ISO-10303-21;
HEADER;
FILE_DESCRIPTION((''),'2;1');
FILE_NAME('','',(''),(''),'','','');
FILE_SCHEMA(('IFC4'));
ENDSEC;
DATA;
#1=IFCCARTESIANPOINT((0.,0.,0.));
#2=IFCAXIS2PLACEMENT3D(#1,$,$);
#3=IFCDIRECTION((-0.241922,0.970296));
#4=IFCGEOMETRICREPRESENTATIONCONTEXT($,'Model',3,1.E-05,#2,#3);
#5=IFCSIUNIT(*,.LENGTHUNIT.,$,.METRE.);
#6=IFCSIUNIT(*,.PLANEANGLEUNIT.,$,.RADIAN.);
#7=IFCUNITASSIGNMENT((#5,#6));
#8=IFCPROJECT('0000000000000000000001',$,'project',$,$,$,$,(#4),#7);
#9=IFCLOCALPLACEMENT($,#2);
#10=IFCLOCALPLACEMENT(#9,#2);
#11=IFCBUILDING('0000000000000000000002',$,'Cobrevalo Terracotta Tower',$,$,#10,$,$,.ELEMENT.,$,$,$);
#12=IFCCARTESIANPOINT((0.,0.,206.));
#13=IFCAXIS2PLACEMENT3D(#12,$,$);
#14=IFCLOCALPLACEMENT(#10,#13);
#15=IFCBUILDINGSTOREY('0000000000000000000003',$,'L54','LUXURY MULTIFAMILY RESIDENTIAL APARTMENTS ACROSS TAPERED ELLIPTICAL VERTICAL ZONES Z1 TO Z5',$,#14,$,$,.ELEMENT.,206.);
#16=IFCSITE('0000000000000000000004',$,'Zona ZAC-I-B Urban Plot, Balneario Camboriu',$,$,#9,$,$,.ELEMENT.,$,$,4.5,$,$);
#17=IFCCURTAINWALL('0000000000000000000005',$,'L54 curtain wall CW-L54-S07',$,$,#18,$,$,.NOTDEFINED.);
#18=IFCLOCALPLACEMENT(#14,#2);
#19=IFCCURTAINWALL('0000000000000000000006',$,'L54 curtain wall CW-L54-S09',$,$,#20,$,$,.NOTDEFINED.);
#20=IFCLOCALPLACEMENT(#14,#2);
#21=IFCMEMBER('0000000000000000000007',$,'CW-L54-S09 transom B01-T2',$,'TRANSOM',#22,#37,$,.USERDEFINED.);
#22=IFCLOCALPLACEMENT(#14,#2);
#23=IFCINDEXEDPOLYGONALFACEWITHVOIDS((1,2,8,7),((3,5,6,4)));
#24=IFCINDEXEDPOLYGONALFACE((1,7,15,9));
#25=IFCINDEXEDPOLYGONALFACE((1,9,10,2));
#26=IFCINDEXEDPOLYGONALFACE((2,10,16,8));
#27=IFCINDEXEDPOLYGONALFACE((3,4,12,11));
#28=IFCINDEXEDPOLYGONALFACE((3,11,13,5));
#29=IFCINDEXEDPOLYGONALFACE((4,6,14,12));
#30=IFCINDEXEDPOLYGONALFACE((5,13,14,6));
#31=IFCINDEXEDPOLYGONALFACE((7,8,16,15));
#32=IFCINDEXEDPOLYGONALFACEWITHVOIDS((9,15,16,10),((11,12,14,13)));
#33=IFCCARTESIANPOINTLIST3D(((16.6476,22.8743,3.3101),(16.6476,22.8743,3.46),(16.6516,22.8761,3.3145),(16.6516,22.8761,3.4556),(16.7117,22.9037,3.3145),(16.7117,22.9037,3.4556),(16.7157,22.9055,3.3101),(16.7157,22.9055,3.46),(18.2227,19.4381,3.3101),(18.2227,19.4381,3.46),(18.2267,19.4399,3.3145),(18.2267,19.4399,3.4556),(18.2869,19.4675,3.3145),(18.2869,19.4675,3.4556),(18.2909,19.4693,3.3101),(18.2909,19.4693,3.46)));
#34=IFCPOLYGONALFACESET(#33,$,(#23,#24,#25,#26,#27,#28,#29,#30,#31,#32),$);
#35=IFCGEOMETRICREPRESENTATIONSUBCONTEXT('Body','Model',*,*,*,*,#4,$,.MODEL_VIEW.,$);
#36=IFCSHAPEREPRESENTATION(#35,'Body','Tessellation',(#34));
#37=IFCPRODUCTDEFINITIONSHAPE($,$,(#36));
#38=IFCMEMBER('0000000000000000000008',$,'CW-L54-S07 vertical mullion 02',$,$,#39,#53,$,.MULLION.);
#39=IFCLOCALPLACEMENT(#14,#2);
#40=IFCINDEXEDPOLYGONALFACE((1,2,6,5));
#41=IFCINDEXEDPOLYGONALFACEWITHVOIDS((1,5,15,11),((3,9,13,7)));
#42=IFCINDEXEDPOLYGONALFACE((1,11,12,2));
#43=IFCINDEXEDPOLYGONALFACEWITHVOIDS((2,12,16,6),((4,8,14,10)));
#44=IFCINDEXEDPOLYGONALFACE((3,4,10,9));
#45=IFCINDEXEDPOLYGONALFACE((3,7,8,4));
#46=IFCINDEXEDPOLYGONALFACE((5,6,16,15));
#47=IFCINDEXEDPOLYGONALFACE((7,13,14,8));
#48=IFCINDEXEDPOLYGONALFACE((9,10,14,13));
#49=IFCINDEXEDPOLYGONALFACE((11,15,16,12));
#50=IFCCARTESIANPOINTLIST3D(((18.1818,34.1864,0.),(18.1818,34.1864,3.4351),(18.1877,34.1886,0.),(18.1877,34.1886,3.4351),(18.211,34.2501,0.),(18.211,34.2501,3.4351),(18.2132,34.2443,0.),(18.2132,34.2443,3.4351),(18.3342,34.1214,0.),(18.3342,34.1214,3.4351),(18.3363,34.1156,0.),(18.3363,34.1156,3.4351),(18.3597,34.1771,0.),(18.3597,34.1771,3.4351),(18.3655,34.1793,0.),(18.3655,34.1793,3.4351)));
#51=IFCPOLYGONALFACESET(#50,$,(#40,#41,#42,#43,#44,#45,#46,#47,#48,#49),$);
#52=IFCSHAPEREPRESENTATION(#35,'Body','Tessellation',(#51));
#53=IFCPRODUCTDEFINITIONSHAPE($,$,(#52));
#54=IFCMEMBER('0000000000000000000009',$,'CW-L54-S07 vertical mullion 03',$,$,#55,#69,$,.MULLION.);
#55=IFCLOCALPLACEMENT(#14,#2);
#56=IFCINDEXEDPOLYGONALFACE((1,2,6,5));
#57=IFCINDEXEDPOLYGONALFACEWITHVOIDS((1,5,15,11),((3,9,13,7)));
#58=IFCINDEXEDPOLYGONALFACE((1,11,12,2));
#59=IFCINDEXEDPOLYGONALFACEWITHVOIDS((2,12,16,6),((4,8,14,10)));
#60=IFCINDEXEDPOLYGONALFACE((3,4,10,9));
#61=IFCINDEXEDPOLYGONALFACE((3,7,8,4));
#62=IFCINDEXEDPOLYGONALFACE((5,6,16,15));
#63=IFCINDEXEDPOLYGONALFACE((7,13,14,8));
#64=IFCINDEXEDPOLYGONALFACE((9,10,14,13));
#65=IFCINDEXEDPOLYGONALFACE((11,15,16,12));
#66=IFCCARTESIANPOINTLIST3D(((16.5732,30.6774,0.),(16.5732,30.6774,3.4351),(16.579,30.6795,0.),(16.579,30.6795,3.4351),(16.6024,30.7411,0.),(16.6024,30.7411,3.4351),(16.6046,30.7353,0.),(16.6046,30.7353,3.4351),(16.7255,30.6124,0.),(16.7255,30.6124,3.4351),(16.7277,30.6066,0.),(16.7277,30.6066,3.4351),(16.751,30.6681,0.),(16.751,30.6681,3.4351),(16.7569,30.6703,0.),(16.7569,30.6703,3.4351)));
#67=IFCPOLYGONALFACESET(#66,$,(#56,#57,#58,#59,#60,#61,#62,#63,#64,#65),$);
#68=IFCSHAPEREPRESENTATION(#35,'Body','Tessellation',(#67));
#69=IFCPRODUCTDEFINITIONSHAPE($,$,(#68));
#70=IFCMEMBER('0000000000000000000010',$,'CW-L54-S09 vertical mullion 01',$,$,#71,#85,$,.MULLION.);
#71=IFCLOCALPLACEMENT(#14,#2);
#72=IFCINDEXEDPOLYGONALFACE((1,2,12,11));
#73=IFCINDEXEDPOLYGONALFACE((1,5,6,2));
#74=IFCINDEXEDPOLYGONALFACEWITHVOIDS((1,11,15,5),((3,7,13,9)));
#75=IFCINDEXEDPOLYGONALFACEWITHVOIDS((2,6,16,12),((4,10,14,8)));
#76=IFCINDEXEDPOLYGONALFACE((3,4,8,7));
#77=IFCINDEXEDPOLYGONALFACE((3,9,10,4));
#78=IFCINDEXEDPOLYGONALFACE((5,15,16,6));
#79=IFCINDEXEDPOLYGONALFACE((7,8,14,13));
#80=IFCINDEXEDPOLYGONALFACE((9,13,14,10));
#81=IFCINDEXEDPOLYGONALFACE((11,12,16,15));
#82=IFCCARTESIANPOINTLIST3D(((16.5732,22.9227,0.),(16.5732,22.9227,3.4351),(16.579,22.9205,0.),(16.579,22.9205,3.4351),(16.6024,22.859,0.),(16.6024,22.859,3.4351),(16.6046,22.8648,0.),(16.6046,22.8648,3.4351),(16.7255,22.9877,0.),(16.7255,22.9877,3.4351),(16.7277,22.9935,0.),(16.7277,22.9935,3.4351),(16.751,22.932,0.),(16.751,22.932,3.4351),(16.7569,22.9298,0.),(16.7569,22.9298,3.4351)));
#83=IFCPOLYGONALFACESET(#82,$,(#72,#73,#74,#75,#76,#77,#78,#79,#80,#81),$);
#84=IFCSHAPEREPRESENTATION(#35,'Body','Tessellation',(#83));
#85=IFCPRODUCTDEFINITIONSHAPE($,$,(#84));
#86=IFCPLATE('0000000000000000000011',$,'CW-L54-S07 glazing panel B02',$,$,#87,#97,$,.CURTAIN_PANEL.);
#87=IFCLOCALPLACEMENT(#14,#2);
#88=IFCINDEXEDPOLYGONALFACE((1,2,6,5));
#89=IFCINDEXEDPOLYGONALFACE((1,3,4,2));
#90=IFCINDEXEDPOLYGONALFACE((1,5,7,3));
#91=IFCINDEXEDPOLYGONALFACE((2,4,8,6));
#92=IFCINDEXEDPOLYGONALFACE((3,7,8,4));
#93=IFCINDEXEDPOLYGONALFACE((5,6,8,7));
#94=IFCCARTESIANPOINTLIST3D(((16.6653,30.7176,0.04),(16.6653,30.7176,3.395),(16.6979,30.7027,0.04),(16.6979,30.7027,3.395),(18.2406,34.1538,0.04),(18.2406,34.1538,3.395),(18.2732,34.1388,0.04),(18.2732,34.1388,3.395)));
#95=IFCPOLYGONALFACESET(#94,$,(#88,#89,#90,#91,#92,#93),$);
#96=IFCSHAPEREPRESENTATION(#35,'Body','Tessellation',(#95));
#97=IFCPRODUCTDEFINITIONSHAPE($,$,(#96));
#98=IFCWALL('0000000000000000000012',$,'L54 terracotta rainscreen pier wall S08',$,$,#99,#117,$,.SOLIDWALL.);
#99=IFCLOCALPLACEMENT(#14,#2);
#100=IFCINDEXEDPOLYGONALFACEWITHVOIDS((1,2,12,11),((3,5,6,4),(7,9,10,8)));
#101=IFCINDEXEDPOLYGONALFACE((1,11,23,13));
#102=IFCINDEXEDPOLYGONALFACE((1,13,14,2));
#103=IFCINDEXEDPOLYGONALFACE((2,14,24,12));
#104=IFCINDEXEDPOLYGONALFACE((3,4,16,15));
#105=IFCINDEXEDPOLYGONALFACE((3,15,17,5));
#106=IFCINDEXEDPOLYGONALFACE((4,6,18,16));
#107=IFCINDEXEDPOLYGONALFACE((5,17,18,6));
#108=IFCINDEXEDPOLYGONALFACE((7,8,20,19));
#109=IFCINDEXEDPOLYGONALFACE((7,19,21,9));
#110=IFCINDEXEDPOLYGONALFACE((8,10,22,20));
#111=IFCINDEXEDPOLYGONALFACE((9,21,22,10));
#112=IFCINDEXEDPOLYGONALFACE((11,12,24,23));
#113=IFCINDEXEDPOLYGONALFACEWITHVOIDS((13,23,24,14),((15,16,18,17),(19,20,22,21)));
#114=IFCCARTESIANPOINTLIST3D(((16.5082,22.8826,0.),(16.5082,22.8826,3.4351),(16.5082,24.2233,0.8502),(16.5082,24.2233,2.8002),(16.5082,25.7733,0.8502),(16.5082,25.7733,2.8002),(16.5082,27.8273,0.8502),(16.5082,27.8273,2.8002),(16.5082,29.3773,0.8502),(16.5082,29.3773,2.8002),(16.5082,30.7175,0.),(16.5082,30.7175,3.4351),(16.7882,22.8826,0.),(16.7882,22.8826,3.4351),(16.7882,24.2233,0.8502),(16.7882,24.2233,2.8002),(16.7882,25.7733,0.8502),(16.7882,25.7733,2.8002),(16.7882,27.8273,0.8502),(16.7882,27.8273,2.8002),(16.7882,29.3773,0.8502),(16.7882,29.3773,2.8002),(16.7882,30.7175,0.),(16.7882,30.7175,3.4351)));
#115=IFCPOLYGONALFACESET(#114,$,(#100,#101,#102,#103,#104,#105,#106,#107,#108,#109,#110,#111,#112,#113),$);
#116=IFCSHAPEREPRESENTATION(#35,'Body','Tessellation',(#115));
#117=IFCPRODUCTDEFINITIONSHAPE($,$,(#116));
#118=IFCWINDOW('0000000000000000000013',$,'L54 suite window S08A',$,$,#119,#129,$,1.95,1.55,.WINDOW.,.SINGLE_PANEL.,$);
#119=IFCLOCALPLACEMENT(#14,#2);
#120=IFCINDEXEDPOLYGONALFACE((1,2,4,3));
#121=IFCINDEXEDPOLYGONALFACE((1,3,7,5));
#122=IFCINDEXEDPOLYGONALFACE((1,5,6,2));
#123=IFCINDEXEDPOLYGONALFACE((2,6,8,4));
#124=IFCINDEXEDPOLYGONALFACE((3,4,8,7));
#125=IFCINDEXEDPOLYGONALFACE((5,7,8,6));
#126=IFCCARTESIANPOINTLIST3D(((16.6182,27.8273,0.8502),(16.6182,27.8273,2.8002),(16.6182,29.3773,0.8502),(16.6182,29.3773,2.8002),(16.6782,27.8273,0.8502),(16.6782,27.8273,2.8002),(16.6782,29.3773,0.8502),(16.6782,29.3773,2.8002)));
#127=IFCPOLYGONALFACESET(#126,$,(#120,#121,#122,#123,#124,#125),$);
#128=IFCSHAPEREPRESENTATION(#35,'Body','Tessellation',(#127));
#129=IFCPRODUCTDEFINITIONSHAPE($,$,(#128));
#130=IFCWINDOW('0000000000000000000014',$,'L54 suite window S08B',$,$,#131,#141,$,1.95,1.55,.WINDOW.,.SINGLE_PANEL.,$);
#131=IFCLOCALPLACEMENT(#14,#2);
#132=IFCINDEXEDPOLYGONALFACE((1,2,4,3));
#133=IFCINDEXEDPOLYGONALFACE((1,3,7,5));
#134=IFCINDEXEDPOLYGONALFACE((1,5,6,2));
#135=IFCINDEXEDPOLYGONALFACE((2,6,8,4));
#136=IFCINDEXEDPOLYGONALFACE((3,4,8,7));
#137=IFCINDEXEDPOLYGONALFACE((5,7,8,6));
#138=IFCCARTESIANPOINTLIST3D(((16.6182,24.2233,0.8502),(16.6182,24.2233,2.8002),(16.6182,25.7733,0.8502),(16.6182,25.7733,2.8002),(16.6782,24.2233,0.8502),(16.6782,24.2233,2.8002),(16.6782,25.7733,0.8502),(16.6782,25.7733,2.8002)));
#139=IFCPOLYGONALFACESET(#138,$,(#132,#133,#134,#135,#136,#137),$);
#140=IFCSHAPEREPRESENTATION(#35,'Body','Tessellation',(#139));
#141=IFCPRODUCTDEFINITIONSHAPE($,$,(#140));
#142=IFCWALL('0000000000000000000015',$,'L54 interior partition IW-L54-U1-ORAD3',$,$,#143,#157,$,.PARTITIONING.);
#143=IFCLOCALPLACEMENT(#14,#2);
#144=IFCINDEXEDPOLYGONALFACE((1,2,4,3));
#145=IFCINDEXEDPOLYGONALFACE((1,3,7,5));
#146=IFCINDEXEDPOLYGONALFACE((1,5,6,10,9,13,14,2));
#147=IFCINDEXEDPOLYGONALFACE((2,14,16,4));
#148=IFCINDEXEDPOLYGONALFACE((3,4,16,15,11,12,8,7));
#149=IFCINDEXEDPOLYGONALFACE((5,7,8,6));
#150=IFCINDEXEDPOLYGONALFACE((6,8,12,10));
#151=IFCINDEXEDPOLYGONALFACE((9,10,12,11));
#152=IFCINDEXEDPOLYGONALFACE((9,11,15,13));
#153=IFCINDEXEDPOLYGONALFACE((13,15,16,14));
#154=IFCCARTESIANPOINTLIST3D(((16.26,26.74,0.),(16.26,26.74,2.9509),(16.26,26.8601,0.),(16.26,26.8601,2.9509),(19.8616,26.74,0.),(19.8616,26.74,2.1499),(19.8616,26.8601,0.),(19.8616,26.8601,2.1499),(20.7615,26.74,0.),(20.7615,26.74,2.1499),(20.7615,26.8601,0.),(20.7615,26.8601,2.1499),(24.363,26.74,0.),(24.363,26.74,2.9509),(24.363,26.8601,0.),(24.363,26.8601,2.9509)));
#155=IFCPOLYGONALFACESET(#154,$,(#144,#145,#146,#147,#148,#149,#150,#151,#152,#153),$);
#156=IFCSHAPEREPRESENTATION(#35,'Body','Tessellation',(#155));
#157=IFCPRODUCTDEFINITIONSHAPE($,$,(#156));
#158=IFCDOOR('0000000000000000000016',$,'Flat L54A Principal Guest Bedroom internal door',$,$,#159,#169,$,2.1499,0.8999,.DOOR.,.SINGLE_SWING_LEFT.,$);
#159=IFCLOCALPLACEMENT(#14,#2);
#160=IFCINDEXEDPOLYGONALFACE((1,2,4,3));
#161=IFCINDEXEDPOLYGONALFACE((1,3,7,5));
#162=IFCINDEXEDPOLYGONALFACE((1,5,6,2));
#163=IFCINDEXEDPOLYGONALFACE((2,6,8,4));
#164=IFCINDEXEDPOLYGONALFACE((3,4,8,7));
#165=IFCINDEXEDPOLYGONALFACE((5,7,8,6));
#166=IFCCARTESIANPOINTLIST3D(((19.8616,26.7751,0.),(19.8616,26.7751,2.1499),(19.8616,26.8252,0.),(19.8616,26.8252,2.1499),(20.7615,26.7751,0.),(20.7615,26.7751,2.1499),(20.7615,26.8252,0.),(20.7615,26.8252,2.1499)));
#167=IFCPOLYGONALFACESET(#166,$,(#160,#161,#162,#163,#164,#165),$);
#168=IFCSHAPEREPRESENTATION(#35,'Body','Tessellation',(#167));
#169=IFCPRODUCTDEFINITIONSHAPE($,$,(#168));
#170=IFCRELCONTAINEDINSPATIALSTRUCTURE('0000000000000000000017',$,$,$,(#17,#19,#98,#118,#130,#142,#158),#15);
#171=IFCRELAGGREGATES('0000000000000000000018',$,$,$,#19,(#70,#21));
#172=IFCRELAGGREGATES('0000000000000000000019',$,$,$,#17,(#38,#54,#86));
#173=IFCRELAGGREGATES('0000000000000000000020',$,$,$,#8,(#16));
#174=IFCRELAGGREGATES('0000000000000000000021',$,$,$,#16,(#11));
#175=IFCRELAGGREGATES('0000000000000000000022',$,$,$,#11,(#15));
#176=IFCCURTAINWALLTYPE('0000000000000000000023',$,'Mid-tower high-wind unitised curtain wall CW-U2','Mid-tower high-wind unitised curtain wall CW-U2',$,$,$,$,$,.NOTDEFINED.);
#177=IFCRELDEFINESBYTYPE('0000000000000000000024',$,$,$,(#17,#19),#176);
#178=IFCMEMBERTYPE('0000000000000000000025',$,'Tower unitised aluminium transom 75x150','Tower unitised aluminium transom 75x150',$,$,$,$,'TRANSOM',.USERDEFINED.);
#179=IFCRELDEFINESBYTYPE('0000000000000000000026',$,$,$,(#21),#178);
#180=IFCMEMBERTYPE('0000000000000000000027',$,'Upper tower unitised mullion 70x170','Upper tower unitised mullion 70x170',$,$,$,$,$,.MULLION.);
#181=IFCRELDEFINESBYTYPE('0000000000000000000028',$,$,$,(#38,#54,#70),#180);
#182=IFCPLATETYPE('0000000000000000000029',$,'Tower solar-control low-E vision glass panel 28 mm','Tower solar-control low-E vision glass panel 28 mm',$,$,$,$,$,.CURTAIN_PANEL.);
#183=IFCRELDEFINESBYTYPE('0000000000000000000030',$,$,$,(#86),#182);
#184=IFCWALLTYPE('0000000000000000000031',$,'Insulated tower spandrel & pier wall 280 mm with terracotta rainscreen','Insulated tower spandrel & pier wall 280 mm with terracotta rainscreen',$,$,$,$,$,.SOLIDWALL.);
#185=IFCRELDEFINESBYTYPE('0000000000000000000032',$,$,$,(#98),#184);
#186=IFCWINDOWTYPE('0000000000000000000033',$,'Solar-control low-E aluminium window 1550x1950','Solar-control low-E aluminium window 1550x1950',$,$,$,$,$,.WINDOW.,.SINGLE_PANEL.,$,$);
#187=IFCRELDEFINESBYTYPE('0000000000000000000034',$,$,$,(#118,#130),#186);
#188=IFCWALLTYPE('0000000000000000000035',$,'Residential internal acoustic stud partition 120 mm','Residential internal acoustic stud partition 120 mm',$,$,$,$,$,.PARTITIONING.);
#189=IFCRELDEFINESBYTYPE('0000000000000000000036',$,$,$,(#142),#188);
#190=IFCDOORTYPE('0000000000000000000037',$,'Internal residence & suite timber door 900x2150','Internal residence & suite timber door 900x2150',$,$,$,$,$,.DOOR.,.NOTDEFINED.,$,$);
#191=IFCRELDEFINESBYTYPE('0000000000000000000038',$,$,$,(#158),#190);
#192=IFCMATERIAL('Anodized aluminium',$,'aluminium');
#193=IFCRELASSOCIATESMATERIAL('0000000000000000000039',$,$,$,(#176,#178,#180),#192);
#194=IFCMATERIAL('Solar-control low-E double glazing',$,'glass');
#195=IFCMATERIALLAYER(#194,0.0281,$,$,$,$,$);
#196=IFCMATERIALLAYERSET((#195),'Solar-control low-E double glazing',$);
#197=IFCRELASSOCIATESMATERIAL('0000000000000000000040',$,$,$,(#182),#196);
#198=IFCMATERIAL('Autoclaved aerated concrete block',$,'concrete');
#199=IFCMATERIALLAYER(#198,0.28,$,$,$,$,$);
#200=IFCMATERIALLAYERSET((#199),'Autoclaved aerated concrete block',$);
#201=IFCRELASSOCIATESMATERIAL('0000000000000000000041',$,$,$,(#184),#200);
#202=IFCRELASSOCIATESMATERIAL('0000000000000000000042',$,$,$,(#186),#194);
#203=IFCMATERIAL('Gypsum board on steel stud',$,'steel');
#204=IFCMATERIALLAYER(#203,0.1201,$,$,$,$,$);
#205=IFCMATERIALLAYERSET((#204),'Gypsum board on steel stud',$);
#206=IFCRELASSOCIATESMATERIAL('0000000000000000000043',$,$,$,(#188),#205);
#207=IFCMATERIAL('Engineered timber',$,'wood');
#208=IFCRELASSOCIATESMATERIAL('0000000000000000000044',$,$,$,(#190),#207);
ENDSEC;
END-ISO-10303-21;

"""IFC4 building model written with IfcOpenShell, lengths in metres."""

from ifc_helpers import new_model, si_unit, direction, frame, frame_2d, origin, origin_2d, place, context, subcontext, project, spatial, rectangle, hollow_rectangle, extrude, source, transform, mapped, material, layer, layer_set, material_profile, profile_set, type_object, element, fill, aggregate, save


model = new_model("IFC4")

# Units and contexts
model_context = context("Model", 3, precision=1e-05, world=origin(), true_north=direction((-0.241922, 0.970296)))
body_context = subcontext(model_context, "Body", "Model", "MODEL_VIEW")
ifc_project = project(units=[si_unit("LENGTHUNIT", "METRE"), si_unit("PLANEANGLEUNIT", "RADIAN")], contexts=[model_context])

# Site, building, storey
site_placement = place(None, origin())
site = spatial("IfcSite", under=ifc_project, at=site_placement, Name="Zona ZAC-I-B Urban Plot, Balneario Camboriu", CompositionType="ELEMENT", RefElevation=4.5)
building_placement = place(site_placement, origin())
building = spatial("IfcBuilding", under=site, at=building_placement, Name="Cobrevalo Terracotta Tower", CompositionType="ELEMENT")
storey_placement = place(building_placement, frame((0.0, 0.0, 206.0)))
storey = spatial("IfcBuildingStorey", under=building, at=storey_placement, Name="L54", Description="LUXURY MULTIFAMILY RESIDENTIAL APARTMENTS ACROSS TAPERED ELLIPTICAL VERTICAL ZONES Z1 TO Z5", CompositionType="ELEMENT", Elevation=206.0)

# Curtain walls, member
ifc_material_1 = material(Name="Anodized aluminium", Category="aluminium")
curtain_wall_type = type_object("IfcCurtainWallType", Name="Mid-tower high-wind unitised curtain wall CW-U2", Description="Mid-tower high-wind unitised curtain wall CW-U2", PredefinedType="NOTDEFINED", material=ifc_material_1)
curtain_wall_1_placement = place(storey_placement, origin())
curtain_wall_1 = element("IfcCurtainWall", 1, at=curtain_wall_1_placement, inside=storey, type_object=curtain_wall_type, Name="L54 curtain wall CW-L54-S07", PredefinedType="NOTDEFINED")
ifc_material_profile_1 = material_profile(ifc_material_1, hollow_rectangle(XDim=0.075, YDim=0.1499, WallThickness=0.0044, at=origin_2d()), Name="CWT 75x150")
ifc_profile_set_1 = profile_set([ifc_material_profile_1], Name="Anodized aluminium")
member_type_1 = type_object("IfcMemberType", Name="Tower unitised aluminium transom 75x150", Description="Tower unitised aluminium transom 75x150", ElementType="TRANSOM", PredefinedType="USERDEFINED", material=ifc_profile_set_1)
shared_shape_1 = source(origin(), body_context, "Body", "SweptSolid", [
    extrude(hollow_rectangle(XDim=0.075, YDim=0.1499, WallThickness=0.0044, at=origin_2d()), origin(), (0.0, 0.0, 1.0), 3.78),
])
curtain_wall_2_placement = place(storey_placement, origin())
curtain_wall_2 = element("IfcCurtainWall", 2, at=curtain_wall_2_placement, inside=storey, type_object=curtain_wall_type, Name="L54 curtain wall CW-L54-S09", PredefinedType="NOTDEFINED")
member_1_placement = place(storey_placement, frame((16.6816, 22.8899, 3.385), z_axis=(0.416706, -0.909041, 0.0), x_axis=(0.909041, 0.416706, 0.0)))
member_1 = element("IfcMember", 3, at=member_1_placement, type_object=member_type_1, Name="CW-L54-S09 transom B01-T2", ObjectType="TRANSOM", PredefinedType="USERDEFINED", context=body_context, shape_type="MappedRepresentation", body=[
    mapped(shared_shape_1, transform((0.0, 0.0, 0.0), scale=1.0)),
])

# Members
ifc_material_profile_2 = material_profile(ifc_material_1, hollow_rectangle(XDim=0.0701, YDim=0.1699, WallThickness=0.0044, at=origin_2d()), Name="CWM 70x170")
ifc_profile_set_2 = profile_set([ifc_material_profile_2], Name="Anodized aluminium")
member_type_2 = type_object("IfcMemberType", Name="Upper tower unitised mullion 70x170", Description="Upper tower unitised mullion 70x170", PredefinedType="MULLION", material=ifc_profile_set_2)
shared_shape_2 = source(origin(), body_context, "Body", "SweptSolid", [
    extrude(hollow_rectangle(XDim=0.0701, YDim=0.1699, WallThickness=0.0044, at=origin_2d()), origin(), (0.0, 0.0, 1.0), 3.4351),
])
member_2_placement = place(storey_placement, frame((18.2737, 34.1829, 0.0), z_axis=(0.0, 0.0, 1.0), x_axis=(-0.416725, -0.909033, 0.0)))
member_2 = element("IfcMember", 4, at=member_2_placement, type_object=member_type_2, Name="CW-L54-S07 vertical mullion 02", PredefinedType="MULLION", context=body_context, shape_type="MappedRepresentation", body=[
    mapped(shared_shape_2, transform((0.0, 0.0, 0.0), scale=1.0)),
])
member_3_placement = place(storey_placement, frame((16.665, 30.6738, 0.0), z_axis=(0.0, 0.0, 1.0), x_axis=(-0.416725, -0.909033, 0.0)))
member_3 = element("IfcMember", 5, at=member_3_placement, type_object=member_type_2, Name="CW-L54-S07 vertical mullion 03", PredefinedType="MULLION", context=body_context, shape_type="MappedRepresentation", body=[
    mapped(shared_shape_2, transform((0.0, 0.0, 0.0), scale=1.0)),
])
member_4_placement = place(storey_placement, frame((16.665, 22.9263, 0.0), z_axis=(0.0, 0.0, 1.0), x_axis=(0.416725, -0.909033, 0.0)))
member_4 = element("IfcMember", 6, at=member_4_placement, type_object=member_type_2, Name="CW-L54-S09 vertical mullion 01", PredefinedType="MULLION", context=body_context, shape_type="MappedRepresentation", body=[
    mapped(shared_shape_2, transform((0.0, 0.0, 0.0), scale=1.0)),
])
aggregate(curtain_wall_2, [member_4, member_1])

# Plate
ifc_material_2 = material(Name="Solar-control low-E double glazing", Category="glass")
ifc_layer_1 = layer(ifc_material_2, 0.0281)
ifc_layer_set_1 = layer_set([ifc_layer_1], Name="Solar-control low-E double glazing")
plate_type = type_object("IfcPlateType", Name="Tower solar-control low-E vision glass panel 28 mm", Description="Tower solar-control low-E vision glass panel 28 mm", PredefinedType="CURTAIN_PANEL", material=ifc_layer_set_1)
shared_shape_3 = source(origin(), body_context, "Body", "SweptSolid", [
    extrude(rectangle(XDim=3.78, YDim=0.0359, at=origin_2d()), origin(), (0.0, 0.0, 1.0), 3.355),
])
plate_placement = place(storey_placement, frame((17.4692, 32.4282, 0.04), z_axis=(0.0, 0.0, 1.0), x_axis=(-0.416731, -0.90903, 0.0)))
plate = element("IfcPlate", 7, at=plate_placement, type_object=plate_type, Name="CW-L54-S07 glazing panel B02", PredefinedType="CURTAIN_PANEL", context=body_context, shape_type="MappedRepresentation", body=[
    mapped(shared_shape_3, transform((0.0, 0.0, 0.0), scale=1.0)),
])
aggregate(curtain_wall_1, [member_2, member_3, plate])

# Wall, openings, windows
ifc_material_3 = material(Name="Autoclaved aerated concrete block", Category="concrete")
ifc_layer_2 = layer(ifc_material_3, 0.28)
ifc_layer_set_2 = layer_set([ifc_layer_2], Name="Autoclaved aerated concrete block")
wall_type_1 = type_object("IfcWallType", Name="Insulated tower spandrel & pier wall 280 mm with terracotta rainscreen", Description="Insulated tower spandrel & pier wall 280 mm with terracotta rainscreen", PredefinedType="SOLIDWALL", material=ifc_layer_set_2)
wall_1_placement = place(storey_placement, frame((16.6482, 30.7175, 0.0), z_axis=(0.0, 0.0, 1.0), x_axis=(0.0, -1.0, 0.0)))
wall_1 = element("IfcWall", 8, at=wall_1_placement, inside=storey, type_object=wall_type_1, Name="L54 terracotta rainscreen pier wall S08", PredefinedType="SOLIDWALL", context=body_context, shape_type="SweptSolid", body=[
    extrude(rectangle(XDim=7.835, YDim=0.28, at=frame_2d((3.9175, 0.0))), origin(), (0.0, 0.0, 1.0), 3.4351),
])
opening_1_placement = place(wall_1_placement, frame((1.3403, 0.0, 0.8501)))
opening_1 = element("IfcOpeningElement", 9, at=opening_1_placement, cuts=wall_1, PredefinedType="OPENING", context=body_context, shape_type="SweptSolid", body=[
    extrude(rectangle(XDim=1.55, YDim=1.95, at=frame_2d((0.7749, 0.9751))), frame((0.0, 0.1499, 0.0), z_axis=(0.0, -1.0, 0.0), x_axis=(1.0, 0.0, 0.0)), (0.0, 0.0, 1.0), 0.3),
])
opening_2_placement = place(wall_1_placement, frame((4.9443, 0.0, 0.8501)))
opening_2 = element("IfcOpeningElement", 10, at=opening_2_placement, cuts=wall_1, PredefinedType="OPENING", context=body_context, shape_type="SweptSolid", body=[
    extrude(rectangle(XDim=1.55, YDim=1.95, at=frame_2d((0.7749, 0.9751))), frame((0.0, 0.1499, 0.0), z_axis=(0.0, -1.0, 0.0), x_axis=(1.0, 0.0, 0.0)), (0.0, 0.0, 1.0), 0.3),
])
window_type = type_object("IfcWindowType", Name="Solar-control low-E aluminium window 1550x1950", Description="Solar-control low-E aluminium window 1550x1950", PartitioningType="SINGLE_PANEL", PredefinedType="WINDOW", material=ifc_material_2)
shared_shape_4 = source(origin(), body_context, "Body", "SweptSolid", [
    extrude(rectangle(XDim=1.55, YDim=1.95, at=frame_2d((0.7749, 0.9751))), frame((0.0, 0.03, 0.0), z_axis=(0.0, -1.0, 0.0), x_axis=(1.0, 0.0, 0.0)), (0.0, 0.0, 1.0), 0.0601),
])
window_1_placement = place(opening_1_placement, origin())
window_1 = element("IfcWindow", 11, at=window_1_placement, inside=storey, type_object=window_type, Name="L54 suite window S08A", OverallHeight=1.95, OverallWidth=1.55, PartitioningType="SINGLE_PANEL", PredefinedType="WINDOW", context=body_context, shape_type="MappedRepresentation", body=[
    mapped(shared_shape_4, transform((0.0, 0.0, 0.0), scale=1.0)),
])
fill(opening_1, window_1)
window_2_placement = place(opening_2_placement, origin())
window_2 = element("IfcWindow", 12, at=window_2_placement, inside=storey, type_object=window_type, Name="L54 suite window S08B", OverallHeight=1.95, OverallWidth=1.55, PartitioningType="SINGLE_PANEL", PredefinedType="WINDOW", context=body_context, shape_type="MappedRepresentation", body=[
    mapped(shared_shape_4, transform((0.0, 0.0, 0.0), scale=1.0)),
])
fill(opening_2, window_2)

# Wall, opening, door
ifc_material_4 = material(Name="Gypsum board on steel stud", Category="steel")
ifc_layer_3 = layer(ifc_material_4, 0.1201)
ifc_layer_set_3 = layer_set([ifc_layer_3], Name="Gypsum board on steel stud")
wall_type_2 = type_object("IfcWallType", Name="Residential internal acoustic stud partition 120 mm", Description="Residential internal acoustic stud partition 120 mm", PredefinedType="PARTITIONING", material=ifc_layer_set_3)
wall_2_placement = place(storey_placement, frame((24.363, 26.8, 0.0), z_axis=(0.0, 0.0, 1.0), x_axis=(-1.0, 0.0, 0.0)))
wall_2 = element("IfcWall", 13, at=wall_2_placement, inside=storey, type_object=wall_type_2, Name="L54 interior partition IW-L54-U1-ORAD3", PredefinedType="PARTITIONING", context=body_context, shape_type="SweptSolid", body=[
    extrude(rectangle(XDim=8.103, YDim=0.1201, at=frame_2d((4.0515, 0.0))), origin(), (0.0, 0.0, 1.0), 2.9509),
])
opening_3_placement = place(wall_2_placement, frame((3.6016, 0.0, 0.0)))
opening_3 = element("IfcOpeningElement", 14, at=opening_3_placement, cuts=wall_2, PredefinedType="OPENING", context=body_context, shape_type="SweptSolid", body=[
    extrude(rectangle(XDim=0.8999, YDim=2.1499, at=frame_2d((0.45, 1.075))), frame((0.0, 0.0701, 0.0), z_axis=(0.0, -1.0, 0.0), x_axis=(1.0, 0.0, 0.0)), (0.0, 0.0, 1.0), 0.1401),
])
ifc_material_5 = material(Name="Engineered timber", Category="wood")
door_type = type_object("IfcDoorType", Name="Internal residence & suite timber door 900x2150", Description="Internal residence & suite timber door 900x2150", OperationType="NOTDEFINED", PredefinedType="DOOR", material=ifc_material_5)
shared_shape_5 = source(origin(), body_context, "Body", "SweptSolid", [
    extrude(rectangle(XDim=0.8999, YDim=2.1499, at=frame_2d((0.45, 1.075))), frame((0.0, 0.0249, 0.0), z_axis=(0.0, -1.0, 0.0), x_axis=(1.0, 0.0, 0.0)), (0.0, 0.0, 1.0), 0.05),
])
door_placement = place(opening_3_placement, origin())
door = element("IfcDoor", 15, at=door_placement, inside=storey, type_object=door_type, Name="Flat L54A Principal Guest Bedroom internal door", OperationType="SINGLE_SWING_LEFT", OverallHeight=2.1499, OverallWidth=0.8999, PredefinedType="DOOR", context=body_context, shape_type="MappedRepresentation", body=[
    mapped(shared_shape_5, transform((0.0, 0.0, 0.0), scale=1.0)),
])
fill(opening_3, door)

save(model, "model.ifc")
